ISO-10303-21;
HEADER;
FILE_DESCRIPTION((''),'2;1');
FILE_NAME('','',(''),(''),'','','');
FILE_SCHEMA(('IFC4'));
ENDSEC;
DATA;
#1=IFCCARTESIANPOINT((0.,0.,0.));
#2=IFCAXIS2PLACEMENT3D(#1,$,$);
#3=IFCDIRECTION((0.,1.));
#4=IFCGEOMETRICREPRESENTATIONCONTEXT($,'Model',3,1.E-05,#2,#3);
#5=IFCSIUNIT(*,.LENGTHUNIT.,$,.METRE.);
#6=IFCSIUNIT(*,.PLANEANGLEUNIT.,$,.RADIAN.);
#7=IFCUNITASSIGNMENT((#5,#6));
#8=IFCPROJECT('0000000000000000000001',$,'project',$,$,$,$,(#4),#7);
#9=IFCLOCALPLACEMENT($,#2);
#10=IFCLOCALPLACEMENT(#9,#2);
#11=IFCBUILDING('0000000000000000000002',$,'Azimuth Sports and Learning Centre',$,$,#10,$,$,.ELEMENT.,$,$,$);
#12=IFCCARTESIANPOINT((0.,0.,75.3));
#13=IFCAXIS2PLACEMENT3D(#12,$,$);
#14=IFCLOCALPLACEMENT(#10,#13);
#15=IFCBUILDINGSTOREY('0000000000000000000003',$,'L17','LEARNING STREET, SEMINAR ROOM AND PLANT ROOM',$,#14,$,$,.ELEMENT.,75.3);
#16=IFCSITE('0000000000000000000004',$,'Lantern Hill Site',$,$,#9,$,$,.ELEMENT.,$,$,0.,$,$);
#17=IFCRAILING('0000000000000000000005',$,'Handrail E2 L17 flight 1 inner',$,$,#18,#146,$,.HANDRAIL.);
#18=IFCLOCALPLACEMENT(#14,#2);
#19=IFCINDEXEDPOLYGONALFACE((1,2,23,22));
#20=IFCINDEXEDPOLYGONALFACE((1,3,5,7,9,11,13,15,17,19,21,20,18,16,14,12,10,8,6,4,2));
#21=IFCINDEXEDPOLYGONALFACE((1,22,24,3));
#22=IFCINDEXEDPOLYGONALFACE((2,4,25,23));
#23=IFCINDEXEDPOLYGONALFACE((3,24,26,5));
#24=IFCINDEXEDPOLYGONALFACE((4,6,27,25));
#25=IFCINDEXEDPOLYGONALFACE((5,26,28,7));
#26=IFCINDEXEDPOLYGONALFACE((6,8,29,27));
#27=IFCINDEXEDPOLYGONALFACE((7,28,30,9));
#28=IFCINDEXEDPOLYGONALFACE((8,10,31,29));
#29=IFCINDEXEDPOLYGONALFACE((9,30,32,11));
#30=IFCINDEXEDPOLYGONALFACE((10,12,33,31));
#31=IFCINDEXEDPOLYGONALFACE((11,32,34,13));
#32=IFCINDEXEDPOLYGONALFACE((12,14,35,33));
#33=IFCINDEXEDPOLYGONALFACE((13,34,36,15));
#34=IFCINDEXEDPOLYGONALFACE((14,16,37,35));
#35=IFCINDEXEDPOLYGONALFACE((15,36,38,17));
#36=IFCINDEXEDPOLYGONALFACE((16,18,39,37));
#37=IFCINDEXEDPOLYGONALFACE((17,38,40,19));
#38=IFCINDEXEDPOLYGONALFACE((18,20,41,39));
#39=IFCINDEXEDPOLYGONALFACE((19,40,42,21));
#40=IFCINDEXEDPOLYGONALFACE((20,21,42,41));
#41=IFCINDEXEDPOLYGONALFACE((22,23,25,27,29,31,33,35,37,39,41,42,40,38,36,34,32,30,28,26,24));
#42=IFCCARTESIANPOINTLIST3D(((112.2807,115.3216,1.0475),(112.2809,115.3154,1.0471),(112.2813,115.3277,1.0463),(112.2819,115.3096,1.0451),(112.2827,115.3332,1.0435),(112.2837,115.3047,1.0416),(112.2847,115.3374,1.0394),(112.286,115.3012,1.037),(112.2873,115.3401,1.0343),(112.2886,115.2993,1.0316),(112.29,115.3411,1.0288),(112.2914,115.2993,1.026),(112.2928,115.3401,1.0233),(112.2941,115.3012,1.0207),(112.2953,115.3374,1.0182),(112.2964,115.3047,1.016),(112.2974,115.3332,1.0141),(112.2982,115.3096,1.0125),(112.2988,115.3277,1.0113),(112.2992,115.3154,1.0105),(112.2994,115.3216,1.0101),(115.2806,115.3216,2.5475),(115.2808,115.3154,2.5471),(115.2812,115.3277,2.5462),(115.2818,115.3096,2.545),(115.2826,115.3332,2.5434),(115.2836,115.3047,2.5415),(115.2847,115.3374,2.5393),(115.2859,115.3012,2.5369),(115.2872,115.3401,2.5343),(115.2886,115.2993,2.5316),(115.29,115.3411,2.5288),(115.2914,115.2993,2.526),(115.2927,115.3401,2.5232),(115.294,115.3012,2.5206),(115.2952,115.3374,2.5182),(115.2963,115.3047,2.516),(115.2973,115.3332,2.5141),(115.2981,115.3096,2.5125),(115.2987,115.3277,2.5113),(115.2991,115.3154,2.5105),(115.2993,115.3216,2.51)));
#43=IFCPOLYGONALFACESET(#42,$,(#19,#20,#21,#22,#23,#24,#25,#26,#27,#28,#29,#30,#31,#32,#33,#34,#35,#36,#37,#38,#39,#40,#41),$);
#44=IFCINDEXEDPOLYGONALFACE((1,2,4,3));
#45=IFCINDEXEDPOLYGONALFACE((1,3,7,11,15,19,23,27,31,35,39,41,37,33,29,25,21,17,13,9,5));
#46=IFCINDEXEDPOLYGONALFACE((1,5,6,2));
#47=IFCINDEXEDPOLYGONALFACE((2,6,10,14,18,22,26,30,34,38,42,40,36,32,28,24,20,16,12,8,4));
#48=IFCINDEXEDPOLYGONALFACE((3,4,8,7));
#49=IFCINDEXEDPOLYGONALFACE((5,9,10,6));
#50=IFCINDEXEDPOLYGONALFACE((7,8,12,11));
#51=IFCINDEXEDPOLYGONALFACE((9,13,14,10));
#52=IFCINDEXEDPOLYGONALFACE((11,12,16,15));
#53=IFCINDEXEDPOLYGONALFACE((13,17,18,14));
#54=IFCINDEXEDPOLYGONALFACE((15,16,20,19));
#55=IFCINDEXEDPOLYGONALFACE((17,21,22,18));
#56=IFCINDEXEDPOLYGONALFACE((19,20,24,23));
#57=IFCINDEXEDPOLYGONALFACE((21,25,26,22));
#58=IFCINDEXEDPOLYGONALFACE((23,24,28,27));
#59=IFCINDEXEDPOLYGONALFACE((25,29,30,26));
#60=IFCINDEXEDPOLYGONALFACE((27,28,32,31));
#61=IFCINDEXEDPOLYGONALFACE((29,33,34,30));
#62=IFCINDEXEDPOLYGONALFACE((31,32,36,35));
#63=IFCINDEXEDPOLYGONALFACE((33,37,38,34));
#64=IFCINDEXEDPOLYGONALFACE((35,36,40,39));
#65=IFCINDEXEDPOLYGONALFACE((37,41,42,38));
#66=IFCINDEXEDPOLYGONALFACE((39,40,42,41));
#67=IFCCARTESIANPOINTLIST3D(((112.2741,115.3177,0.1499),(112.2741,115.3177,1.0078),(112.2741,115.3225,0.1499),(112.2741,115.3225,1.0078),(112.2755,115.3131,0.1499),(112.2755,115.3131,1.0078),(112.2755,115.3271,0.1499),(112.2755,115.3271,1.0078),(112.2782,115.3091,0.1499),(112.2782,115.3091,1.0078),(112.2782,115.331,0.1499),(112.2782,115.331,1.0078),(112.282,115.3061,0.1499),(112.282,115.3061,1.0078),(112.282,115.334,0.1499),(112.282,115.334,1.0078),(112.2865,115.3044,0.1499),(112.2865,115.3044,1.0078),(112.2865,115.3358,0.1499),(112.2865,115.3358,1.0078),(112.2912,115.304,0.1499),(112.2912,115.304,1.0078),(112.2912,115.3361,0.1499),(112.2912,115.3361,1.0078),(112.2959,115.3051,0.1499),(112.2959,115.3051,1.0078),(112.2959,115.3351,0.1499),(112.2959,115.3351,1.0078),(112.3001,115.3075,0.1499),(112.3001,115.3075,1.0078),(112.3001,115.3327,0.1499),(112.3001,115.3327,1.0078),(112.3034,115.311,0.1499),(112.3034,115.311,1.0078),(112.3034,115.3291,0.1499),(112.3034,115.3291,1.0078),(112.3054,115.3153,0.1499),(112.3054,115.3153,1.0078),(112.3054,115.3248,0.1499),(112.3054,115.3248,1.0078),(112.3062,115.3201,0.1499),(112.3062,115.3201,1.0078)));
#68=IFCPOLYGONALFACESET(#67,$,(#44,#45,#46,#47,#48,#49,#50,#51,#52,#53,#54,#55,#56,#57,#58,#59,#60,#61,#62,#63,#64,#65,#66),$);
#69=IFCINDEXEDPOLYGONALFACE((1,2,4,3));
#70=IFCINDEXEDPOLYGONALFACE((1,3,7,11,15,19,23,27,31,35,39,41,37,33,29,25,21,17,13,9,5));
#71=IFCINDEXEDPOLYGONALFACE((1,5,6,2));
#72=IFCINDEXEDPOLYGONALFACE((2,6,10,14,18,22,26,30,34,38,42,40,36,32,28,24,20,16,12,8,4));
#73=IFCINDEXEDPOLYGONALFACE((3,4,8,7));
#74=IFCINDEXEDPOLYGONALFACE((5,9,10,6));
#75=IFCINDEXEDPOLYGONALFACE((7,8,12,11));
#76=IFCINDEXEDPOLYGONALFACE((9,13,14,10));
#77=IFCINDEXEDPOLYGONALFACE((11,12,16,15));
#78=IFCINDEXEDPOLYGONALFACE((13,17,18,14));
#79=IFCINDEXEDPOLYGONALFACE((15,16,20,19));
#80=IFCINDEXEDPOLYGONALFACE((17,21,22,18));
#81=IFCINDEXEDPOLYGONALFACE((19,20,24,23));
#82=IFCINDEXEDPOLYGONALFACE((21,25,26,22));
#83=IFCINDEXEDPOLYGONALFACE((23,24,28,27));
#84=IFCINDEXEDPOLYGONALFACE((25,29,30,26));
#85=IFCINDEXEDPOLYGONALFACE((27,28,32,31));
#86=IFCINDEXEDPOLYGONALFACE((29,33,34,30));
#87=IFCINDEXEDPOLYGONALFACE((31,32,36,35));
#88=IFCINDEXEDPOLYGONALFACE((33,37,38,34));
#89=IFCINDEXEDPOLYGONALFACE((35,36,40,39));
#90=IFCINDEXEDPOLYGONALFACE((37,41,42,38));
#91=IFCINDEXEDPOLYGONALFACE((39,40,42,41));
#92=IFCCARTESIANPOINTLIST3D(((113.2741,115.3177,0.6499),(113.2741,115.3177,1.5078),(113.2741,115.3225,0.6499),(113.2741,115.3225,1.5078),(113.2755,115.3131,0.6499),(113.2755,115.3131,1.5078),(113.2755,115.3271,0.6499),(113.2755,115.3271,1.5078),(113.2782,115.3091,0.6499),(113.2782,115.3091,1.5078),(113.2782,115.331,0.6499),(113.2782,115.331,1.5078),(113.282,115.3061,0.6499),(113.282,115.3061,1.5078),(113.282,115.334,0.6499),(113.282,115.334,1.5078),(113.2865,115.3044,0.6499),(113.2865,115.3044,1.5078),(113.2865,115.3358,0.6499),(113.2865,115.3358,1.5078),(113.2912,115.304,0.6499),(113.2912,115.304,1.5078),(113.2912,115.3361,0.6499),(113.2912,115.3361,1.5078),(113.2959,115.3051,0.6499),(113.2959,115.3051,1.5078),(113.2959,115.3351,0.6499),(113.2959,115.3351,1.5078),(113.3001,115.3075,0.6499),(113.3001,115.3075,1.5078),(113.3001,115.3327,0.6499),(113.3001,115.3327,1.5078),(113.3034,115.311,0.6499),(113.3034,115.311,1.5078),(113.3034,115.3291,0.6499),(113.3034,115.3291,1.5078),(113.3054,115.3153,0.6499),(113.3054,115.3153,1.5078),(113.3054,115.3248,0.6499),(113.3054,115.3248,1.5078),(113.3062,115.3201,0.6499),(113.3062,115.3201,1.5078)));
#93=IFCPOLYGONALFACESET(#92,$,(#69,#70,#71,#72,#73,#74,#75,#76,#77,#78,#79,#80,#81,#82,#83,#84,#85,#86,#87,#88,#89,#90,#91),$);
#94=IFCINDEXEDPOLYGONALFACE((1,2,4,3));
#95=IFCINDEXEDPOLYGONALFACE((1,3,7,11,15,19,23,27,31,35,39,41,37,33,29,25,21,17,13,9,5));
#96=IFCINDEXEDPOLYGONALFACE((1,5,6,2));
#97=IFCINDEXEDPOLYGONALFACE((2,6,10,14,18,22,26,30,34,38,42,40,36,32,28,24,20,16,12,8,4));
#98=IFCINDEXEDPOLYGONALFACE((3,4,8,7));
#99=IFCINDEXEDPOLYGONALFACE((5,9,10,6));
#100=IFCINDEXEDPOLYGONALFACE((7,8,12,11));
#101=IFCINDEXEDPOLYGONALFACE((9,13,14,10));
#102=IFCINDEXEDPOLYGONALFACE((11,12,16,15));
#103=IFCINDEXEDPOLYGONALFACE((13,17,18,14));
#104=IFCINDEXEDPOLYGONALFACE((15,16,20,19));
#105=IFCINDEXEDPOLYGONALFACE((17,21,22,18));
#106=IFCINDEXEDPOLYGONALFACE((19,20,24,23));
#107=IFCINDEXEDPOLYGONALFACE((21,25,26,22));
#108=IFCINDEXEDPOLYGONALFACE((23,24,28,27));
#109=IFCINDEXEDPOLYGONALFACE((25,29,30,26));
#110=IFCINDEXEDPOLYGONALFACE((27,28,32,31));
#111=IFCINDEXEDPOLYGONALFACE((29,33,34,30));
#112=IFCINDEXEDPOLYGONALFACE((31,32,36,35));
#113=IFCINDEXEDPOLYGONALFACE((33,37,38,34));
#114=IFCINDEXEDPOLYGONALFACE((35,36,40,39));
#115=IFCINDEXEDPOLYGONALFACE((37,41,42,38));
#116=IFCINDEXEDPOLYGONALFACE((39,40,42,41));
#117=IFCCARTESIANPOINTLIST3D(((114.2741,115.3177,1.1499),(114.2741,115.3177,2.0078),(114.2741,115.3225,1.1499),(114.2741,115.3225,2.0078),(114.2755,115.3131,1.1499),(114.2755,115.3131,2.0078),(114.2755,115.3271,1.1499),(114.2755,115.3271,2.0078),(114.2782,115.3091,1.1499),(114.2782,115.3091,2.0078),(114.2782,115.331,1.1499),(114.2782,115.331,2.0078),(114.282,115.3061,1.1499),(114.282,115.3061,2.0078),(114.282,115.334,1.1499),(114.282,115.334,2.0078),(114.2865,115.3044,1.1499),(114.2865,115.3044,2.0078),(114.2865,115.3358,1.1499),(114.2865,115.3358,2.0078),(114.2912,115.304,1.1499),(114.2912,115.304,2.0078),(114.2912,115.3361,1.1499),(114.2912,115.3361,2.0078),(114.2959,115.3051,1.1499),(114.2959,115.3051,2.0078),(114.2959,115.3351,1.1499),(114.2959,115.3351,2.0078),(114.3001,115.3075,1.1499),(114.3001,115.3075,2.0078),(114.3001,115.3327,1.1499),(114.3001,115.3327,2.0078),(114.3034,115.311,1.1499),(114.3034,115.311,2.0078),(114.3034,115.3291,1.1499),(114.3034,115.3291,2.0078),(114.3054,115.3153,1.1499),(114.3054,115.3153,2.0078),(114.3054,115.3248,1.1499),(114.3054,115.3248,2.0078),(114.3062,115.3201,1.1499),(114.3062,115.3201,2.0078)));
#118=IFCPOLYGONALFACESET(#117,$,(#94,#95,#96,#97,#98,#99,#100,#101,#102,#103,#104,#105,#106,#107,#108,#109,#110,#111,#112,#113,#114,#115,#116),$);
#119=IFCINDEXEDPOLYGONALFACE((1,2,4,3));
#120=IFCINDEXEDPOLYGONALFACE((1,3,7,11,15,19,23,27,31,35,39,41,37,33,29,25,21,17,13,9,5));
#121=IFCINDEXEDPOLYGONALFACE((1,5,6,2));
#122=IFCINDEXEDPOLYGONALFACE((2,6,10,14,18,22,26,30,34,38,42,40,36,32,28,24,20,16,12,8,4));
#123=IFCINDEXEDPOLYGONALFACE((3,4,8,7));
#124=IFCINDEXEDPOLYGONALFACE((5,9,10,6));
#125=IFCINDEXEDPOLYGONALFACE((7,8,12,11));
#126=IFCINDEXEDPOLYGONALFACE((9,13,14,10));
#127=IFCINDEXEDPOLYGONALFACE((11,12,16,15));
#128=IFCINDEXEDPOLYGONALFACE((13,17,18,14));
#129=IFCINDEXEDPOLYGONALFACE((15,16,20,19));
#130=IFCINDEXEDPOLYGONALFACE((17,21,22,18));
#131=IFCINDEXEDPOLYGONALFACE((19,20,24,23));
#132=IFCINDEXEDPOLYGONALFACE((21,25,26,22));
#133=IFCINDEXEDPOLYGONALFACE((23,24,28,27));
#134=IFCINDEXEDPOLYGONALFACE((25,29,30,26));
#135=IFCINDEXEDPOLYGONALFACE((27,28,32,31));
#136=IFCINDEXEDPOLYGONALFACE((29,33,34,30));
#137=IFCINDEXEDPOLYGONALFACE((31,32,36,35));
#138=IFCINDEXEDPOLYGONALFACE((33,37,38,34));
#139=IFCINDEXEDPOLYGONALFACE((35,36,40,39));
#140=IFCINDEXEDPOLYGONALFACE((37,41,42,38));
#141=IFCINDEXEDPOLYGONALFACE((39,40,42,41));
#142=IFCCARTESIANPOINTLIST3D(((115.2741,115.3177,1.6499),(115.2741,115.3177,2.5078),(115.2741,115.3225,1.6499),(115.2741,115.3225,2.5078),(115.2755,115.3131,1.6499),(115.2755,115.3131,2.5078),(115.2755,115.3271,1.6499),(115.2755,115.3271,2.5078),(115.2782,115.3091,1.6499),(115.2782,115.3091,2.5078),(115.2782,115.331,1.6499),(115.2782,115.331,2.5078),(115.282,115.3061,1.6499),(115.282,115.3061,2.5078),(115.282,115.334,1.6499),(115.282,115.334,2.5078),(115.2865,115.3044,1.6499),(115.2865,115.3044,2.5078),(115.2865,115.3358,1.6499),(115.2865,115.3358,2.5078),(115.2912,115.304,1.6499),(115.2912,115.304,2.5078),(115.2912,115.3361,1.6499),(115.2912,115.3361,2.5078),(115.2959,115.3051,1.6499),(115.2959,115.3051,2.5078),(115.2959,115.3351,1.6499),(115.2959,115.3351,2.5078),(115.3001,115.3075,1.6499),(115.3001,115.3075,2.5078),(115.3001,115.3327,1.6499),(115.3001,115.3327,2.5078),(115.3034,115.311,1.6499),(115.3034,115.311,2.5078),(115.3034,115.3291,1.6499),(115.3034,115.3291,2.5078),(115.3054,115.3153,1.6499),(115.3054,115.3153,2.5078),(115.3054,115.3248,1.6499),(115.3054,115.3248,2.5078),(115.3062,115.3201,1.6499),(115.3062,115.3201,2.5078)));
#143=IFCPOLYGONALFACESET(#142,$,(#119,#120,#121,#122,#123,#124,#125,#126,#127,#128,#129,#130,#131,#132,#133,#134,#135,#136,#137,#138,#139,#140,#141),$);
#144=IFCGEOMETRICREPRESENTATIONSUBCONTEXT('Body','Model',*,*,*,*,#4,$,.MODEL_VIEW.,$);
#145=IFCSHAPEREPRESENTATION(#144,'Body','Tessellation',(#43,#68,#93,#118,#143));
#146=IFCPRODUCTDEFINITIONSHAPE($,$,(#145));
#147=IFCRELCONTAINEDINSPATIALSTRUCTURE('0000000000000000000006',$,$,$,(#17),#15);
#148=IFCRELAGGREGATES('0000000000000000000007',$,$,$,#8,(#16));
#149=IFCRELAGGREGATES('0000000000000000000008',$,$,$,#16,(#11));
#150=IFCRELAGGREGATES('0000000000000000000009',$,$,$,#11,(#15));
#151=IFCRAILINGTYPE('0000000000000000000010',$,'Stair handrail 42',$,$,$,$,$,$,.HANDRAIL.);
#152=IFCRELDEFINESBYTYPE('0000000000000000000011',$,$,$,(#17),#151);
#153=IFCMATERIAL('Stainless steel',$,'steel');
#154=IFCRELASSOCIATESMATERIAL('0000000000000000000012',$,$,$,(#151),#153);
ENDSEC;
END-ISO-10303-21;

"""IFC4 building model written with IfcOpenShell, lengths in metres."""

from ifc_helpers import new_model, si_unit, direction, frame, origin, origin_2d, place, context, subcontext, project, spatial, circle, extrude, material, type_object, element, save


model = new_model("IFC4")

# Units and contexts
model_context = context("Model", 3, precision=1e-05, world=origin(), true_north=direction((0.0, 1.0)))
body_context = subcontext(model_context, "Body", "Model", "MODEL_VIEW")
ifc_project = project(units=[si_unit("LENGTHUNIT", "METRE"), si_unit("PLANEANGLEUNIT", "RADIAN")], contexts=[model_context])

# Site, building, storey
site_placement = place(None, origin())
site = spatial("IfcSite", under=ifc_project, at=site_placement, Name="Lantern Hill Site", CompositionType="ELEMENT", RefElevation=0.0)
building_placement = place(site_placement, origin())
building = spatial("IfcBuilding", under=site, at=building_placement, Name="Azimuth Sports and Learning Centre", CompositionType="ELEMENT")
storey_placement = place(building_placement, frame((0.0, 0.0, 75.3)))
storey = spatial("IfcBuildingStorey", under=building, at=storey_placement, Name="L17", Description="LEARNING STREET, SEMINAR ROOM AND PLANT ROOM", CompositionType="ELEMENT", Elevation=75.3)

# Railing
ifc_material_1 = material(Name="Stainless steel", Category="steel")
railing_type_1 = type_object("IfcRailingType", Name="Stair handrail 42", PredefinedType="HANDRAIL", material=ifc_material_1)
for number, where, name in (
    (1, (112.29, 115.3201, 0.1499), "Handrail E2 L17 flight 1 inner"),
):
    element("IfcRailing", number, at=place(storey_placement, frame(where)), inside=storey, type_object=railing_type_1, Name=name, PredefinedType="HANDRAIL", context=body_context, shape_type="SweptSolid", body=[
        extrude(circle(Radius=0.021, at=origin_2d()), frame((0.0, 0.0, 0.8789), z_axis=(0.894427, 0.0, 0.447214), x_axis=(0.0, 1.0, 0.0)), (0.0, 0.0, 1.0), 3.354),
        extrude(circle(Radius=0.0161, at=origin_2d()), origin(), (0.0, 0.0, 1.0), 0.8579),
        extrude(circle(Radius=0.0161, at=origin_2d()), frame((1.0, 0.0, 0.5)), (0.0, 0.0, 1.0), 0.8579),
        extrude(circle(Radius=0.0161, at=origin_2d()), frame((2.0, 0.0, 1.0)), (0.0, 0.0, 1.0), 0.8579),
        extrude(circle(Radius=0.0161, at=origin_2d()), frame((3.0, 0.0, 1.5)), (0.0, 0.0, 1.0), 0.8579),
    ])

save(model, "model.ifc")
